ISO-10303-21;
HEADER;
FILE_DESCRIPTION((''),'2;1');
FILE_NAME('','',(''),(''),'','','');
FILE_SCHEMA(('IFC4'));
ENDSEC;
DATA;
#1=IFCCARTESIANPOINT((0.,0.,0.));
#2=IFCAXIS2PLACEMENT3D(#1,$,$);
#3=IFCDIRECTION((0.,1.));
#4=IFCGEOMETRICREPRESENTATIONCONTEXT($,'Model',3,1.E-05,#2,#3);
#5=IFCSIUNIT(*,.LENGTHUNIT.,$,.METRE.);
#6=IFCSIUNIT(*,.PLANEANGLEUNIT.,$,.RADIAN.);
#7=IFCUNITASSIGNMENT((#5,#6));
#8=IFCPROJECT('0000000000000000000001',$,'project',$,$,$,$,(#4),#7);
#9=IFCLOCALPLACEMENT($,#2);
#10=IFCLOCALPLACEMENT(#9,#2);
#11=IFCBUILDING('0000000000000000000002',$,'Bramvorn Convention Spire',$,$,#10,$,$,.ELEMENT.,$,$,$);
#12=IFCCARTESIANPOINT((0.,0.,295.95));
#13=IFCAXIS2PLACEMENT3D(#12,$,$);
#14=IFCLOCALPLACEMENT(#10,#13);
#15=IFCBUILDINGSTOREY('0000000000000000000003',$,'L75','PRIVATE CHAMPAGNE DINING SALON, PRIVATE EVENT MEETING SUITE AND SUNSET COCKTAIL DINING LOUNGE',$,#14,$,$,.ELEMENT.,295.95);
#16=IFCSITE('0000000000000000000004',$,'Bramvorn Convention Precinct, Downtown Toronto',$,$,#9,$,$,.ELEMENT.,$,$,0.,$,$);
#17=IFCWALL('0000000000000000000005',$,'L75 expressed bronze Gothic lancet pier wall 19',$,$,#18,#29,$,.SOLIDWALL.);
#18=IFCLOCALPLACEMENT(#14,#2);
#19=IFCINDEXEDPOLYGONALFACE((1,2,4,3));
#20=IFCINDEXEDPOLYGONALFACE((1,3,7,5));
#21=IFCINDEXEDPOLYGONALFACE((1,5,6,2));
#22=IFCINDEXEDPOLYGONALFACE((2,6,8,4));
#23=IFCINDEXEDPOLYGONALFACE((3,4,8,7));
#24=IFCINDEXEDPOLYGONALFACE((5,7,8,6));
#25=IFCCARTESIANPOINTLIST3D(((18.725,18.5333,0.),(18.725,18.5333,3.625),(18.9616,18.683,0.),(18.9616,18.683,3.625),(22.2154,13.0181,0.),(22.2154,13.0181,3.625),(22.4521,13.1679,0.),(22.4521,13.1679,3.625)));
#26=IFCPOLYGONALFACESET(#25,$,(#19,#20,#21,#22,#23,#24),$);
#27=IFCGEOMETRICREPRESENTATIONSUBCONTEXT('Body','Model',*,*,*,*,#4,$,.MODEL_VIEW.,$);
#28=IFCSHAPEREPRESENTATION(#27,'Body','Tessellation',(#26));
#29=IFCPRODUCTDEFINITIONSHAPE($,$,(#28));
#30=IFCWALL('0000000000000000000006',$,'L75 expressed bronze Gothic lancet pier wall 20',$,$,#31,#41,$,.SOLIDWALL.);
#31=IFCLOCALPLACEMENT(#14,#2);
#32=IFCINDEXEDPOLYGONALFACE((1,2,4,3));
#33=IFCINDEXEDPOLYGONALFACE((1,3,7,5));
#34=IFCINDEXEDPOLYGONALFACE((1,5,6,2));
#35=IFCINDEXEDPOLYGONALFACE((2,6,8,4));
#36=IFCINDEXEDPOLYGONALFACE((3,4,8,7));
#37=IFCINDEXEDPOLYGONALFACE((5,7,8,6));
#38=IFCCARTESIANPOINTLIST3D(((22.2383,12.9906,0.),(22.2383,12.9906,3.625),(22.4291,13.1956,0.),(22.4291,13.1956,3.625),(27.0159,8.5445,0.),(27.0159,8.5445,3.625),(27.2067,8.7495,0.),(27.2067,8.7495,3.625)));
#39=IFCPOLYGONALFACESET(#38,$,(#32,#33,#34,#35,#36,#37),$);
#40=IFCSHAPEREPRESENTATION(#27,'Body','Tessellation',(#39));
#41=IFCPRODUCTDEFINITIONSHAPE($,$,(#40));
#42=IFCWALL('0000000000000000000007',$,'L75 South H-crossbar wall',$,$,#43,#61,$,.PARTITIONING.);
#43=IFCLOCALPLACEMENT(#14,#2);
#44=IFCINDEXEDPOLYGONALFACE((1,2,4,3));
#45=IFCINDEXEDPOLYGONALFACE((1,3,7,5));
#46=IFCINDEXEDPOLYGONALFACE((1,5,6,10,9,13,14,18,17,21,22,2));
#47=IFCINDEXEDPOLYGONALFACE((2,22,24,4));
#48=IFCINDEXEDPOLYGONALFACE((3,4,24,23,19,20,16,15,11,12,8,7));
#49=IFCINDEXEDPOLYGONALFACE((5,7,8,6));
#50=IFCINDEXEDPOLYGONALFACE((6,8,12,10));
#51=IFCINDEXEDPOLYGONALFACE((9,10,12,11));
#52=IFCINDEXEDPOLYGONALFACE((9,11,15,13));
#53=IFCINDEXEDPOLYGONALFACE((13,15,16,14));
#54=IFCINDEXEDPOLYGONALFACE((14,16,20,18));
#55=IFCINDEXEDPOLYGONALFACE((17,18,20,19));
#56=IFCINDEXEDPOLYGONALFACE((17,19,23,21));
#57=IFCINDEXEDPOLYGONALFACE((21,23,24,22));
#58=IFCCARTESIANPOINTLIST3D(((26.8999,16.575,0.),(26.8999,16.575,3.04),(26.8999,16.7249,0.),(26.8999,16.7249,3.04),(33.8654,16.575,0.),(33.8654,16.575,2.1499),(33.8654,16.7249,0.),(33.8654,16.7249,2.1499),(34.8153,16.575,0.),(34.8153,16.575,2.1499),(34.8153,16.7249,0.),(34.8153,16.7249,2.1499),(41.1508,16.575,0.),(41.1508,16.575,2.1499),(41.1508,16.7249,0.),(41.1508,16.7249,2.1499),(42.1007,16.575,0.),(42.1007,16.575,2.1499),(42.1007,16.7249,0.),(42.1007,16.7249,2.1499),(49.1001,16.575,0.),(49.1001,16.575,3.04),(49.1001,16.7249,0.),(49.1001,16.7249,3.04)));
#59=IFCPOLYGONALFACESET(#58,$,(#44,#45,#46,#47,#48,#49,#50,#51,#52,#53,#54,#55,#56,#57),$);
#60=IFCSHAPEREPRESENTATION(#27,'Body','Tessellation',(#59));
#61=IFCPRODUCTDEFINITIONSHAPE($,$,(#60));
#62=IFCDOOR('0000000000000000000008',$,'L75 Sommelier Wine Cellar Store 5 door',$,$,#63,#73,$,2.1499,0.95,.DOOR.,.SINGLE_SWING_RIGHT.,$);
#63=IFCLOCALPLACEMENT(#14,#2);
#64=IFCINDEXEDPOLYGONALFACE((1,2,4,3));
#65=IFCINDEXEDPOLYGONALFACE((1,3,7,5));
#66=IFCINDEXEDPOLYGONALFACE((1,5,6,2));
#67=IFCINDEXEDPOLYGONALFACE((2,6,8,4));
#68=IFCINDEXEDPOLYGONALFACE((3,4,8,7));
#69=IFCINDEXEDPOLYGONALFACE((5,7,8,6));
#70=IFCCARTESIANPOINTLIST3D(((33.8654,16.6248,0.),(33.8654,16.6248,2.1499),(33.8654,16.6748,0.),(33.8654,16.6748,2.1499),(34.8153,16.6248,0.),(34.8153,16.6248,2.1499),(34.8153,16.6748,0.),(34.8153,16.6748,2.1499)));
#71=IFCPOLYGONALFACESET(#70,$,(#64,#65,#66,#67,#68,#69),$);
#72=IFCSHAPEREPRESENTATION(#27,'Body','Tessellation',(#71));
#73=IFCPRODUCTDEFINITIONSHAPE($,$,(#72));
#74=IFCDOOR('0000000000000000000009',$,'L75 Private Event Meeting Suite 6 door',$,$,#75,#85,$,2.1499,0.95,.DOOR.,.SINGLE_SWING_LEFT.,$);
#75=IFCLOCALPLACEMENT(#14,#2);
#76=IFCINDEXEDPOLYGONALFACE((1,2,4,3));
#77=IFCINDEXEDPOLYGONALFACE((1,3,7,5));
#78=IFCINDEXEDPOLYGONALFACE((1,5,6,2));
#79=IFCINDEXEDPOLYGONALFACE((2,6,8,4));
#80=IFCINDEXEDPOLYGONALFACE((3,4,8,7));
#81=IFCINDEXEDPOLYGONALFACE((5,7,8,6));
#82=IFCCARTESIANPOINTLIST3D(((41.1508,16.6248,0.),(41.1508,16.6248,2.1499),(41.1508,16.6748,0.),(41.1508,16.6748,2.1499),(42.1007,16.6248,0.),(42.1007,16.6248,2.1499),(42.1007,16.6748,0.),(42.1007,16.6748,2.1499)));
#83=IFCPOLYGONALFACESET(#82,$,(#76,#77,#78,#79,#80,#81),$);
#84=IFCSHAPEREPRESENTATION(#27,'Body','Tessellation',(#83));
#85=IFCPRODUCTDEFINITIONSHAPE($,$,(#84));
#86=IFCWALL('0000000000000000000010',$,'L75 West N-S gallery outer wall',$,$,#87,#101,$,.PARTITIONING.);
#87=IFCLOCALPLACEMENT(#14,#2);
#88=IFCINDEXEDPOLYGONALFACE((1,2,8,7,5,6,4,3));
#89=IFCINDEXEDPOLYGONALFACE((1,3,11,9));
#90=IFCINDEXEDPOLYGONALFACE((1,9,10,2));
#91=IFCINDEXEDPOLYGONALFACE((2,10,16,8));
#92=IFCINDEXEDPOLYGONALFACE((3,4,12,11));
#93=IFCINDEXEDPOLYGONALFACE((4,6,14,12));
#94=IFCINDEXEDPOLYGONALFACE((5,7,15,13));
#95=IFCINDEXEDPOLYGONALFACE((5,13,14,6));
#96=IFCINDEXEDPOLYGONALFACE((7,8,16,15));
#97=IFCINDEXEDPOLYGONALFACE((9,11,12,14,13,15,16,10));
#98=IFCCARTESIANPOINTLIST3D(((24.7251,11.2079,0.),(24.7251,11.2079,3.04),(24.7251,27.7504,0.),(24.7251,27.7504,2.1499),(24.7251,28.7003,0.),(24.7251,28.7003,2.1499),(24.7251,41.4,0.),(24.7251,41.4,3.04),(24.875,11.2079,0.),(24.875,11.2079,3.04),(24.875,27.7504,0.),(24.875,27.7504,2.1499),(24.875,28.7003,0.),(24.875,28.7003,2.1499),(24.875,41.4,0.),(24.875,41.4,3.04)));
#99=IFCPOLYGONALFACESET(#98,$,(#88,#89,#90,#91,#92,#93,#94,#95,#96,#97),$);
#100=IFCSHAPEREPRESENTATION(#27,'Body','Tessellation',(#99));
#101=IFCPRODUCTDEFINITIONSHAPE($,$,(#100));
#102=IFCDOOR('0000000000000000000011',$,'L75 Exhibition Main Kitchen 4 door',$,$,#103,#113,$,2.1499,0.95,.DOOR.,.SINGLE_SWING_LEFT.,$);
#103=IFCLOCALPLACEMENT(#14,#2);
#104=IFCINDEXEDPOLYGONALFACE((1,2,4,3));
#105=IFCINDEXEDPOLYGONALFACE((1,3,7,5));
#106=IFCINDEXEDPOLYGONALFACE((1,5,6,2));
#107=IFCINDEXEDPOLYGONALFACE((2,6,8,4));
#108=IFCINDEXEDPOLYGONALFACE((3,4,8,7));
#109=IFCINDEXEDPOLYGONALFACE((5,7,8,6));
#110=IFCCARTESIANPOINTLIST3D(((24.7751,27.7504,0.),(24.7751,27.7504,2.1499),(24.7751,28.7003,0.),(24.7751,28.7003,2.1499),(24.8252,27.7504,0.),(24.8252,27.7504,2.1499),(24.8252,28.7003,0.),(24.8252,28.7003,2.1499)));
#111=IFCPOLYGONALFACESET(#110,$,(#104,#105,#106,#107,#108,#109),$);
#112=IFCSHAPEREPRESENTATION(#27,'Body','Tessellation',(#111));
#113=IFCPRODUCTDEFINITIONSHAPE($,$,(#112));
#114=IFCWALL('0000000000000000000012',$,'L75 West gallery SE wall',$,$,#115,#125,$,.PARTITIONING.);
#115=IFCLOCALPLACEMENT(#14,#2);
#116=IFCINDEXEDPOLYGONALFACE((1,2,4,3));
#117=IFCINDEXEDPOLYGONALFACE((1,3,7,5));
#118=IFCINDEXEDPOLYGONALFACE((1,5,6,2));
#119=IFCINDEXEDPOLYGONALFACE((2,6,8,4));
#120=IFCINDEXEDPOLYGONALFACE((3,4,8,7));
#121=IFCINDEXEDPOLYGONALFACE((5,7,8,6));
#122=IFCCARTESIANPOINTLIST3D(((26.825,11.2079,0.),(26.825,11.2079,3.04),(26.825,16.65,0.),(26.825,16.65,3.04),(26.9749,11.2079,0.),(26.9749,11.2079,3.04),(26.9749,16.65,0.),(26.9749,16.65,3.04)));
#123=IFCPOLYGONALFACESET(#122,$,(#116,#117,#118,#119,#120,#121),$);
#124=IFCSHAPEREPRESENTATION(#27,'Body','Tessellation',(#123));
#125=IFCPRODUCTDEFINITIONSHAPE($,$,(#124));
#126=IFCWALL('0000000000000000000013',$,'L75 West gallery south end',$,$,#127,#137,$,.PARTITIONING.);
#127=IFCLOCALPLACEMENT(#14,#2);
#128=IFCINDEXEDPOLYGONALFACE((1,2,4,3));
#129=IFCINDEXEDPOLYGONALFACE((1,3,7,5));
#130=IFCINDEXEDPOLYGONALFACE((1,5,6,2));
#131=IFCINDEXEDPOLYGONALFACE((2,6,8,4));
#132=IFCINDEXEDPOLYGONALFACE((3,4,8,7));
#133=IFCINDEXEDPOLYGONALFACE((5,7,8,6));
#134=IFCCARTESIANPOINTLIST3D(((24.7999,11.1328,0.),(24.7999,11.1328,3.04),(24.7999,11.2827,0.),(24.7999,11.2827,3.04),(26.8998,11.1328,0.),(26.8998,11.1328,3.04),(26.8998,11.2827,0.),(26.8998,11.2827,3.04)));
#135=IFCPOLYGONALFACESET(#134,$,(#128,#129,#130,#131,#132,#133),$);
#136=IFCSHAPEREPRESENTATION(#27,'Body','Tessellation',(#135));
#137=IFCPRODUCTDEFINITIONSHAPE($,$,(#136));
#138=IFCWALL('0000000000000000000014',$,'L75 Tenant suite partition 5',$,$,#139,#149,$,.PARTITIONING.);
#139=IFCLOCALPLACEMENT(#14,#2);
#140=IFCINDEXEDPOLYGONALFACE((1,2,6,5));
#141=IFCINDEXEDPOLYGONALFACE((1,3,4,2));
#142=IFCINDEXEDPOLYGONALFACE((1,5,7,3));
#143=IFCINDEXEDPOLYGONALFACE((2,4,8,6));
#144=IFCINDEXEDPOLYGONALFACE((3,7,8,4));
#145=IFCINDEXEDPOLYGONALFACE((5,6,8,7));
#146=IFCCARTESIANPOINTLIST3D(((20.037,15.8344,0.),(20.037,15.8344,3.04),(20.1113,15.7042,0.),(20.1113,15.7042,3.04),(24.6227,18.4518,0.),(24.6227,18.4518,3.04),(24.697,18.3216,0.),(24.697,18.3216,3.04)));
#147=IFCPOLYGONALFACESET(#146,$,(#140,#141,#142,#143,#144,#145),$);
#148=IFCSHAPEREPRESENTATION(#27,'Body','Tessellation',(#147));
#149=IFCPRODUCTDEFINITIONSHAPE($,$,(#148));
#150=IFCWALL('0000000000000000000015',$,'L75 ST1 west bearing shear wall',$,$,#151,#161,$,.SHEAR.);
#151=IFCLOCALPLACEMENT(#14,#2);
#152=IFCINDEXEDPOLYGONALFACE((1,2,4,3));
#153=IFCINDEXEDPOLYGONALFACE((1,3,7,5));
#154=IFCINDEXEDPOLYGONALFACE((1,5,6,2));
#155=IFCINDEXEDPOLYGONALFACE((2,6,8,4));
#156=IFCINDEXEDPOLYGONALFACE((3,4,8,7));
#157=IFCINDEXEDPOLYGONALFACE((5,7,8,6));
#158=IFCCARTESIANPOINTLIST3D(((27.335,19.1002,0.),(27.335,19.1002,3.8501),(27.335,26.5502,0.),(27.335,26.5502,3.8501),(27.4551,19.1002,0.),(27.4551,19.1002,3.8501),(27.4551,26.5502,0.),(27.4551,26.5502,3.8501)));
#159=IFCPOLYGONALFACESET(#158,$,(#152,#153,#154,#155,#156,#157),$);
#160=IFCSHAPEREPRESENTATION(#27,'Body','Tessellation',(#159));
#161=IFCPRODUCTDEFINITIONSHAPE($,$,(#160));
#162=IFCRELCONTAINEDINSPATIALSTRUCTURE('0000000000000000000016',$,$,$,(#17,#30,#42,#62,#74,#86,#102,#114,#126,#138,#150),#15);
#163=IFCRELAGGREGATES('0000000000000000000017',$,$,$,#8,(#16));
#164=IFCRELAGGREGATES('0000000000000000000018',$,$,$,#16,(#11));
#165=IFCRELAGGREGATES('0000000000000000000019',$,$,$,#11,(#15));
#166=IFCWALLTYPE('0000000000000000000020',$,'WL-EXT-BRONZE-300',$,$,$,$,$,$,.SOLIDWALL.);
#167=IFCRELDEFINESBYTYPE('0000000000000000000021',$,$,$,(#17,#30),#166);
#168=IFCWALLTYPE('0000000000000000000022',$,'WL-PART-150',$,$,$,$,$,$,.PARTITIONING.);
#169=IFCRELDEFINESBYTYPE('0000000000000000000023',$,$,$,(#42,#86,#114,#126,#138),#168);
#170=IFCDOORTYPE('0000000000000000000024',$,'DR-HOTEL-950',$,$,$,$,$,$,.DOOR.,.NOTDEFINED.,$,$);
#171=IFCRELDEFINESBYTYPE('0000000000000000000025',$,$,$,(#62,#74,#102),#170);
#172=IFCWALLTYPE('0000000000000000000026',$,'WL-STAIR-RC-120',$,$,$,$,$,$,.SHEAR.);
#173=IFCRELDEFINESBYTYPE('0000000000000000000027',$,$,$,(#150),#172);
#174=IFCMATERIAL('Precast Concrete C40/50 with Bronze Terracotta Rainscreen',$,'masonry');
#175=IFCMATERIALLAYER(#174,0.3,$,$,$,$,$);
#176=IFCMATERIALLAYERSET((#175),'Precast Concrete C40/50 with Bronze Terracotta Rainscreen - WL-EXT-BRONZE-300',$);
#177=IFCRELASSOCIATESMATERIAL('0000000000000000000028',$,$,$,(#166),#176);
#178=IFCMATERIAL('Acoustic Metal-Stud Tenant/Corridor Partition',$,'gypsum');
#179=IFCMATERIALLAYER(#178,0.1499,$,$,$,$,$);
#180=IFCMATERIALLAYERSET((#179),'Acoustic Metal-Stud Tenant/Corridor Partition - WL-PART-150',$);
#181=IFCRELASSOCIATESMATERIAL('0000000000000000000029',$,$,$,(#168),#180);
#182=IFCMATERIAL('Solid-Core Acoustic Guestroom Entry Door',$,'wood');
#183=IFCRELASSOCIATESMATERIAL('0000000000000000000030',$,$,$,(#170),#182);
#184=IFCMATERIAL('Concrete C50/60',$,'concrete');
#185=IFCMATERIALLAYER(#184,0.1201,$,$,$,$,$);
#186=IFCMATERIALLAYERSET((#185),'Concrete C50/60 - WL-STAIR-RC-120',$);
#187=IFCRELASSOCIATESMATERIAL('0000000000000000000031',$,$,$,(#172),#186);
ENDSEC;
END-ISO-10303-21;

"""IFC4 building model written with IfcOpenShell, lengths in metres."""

from ifc_helpers import new_model, si_unit, direction, frame, frame_2d, origin, place, context, subcontext, project, spatial, rectangle, extrude, material, layer, layer_set, type_object, element, fill, save


model = new_model("IFC4")

# Units and contexts
model_context = context("Model", 3, precision=1e-05, world=origin(), true_north=direction((0.0, 1.0)))
body_context = subcontext(model_context, "Body", "Model", "MODEL_VIEW")
ifc_project = project(units=[si_unit("LENGTHUNIT", "METRE"), si_unit("PLANEANGLEUNIT", "RADIAN")], contexts=[model_context])

# Site, building, storey
site_placement = place(None, origin())
site = spatial("IfcSite", under=ifc_project, at=site_placement, Name="Bramvorn Convention Precinct, Downtown Toronto", CompositionType="ELEMENT", RefElevation=0.0)
building_placement = place(site_placement, origin())
building = spatial("IfcBuilding", under=site, at=building_placement, Name="Bramvorn Convention Spire", CompositionType="ELEMENT")
storey_placement = place(building_placement, frame((0.0, 0.0, 295.95)))
storey = spatial("IfcBuildingStorey", under=building, at=storey_placement, Name="L75", Description="PRIVATE CHAMPAGNE DINING SALON, PRIVATE EVENT MEETING SUITE AND SUNSET COCKTAIL DINING LOUNGE", CompositionType="ELEMENT", Elevation=295.95)

# Shared definitions
ifc_material_1 = material(Name="Concrete C50/60", Category="concrete")

# Walls
ifc_material_2 = material(Name="Precast Concrete C40/50 with Bronze Terracotta Rainscreen", Category="masonry")
ifc_layer_1 = layer(ifc_material_2, 0.3)
ifc_layer_set_1 = layer_set([ifc_layer_1], Name="Precast Concrete C40/50 with Bronze Terracotta Rainscreen - WL-EXT-BRONZE-300")
wall_type_1 = type_object("IfcWallType", Name="WL-EXT-BRONZE-300", PredefinedType="SOLIDWALL", material=ifc_layer_set_1)
wall_1_placement = place(storey_placement, frame((22.3337, 13.093, 0.0), z_axis=(0.0, 0.0, 1.0), x_axis=(-0.534785, 0.844988, 0.0)))
element("IfcWall", 1, at=wall_1_placement, inside=storey, type_object=wall_type_1, Name="L75 expressed bronze Gothic lancet pier wall 19", PredefinedType="SOLIDWALL", context=body_context, shape_type="SweptSolid", body=[
    extrude(rectangle(XDim=6.5269, YDim=0.28, at=frame_2d((3.2634, 0.0))), origin(), (0.0, 0.0, 1.0), 3.625),
])
wall_2_placement = place(storey_placement, frame((27.1113, 8.647, 0.0), z_axis=(0.0, 0.0, 1.0), x_axis=(-0.732051, 0.68125, 0.0)))
element("IfcWall", 2, at=wall_2_placement, inside=storey, type_object=wall_type_1, Name="L75 expressed bronze Gothic lancet pier wall 20", PredefinedType="SOLIDWALL", context=body_context, shape_type="SweptSolid", body=[
    extrude(rectangle(XDim=6.5264, YDim=0.28, at=frame_2d((3.2632, 0.0))), origin(), (0.0, 0.0, 1.0), 3.625),
])

# Wall, openings, doors
ifc_material_3 = material(Name="Acoustic Metal-Stud Tenant/Corridor Partition", Category="gypsum")
ifc_layer_2 = layer(ifc_material_3, 0.1499)
ifc_layer_set_2 = layer_set([ifc_layer_2], Name="Acoustic Metal-Stud Tenant/Corridor Partition - WL-PART-150")
wall_type_2 = type_object("IfcWallType", Name="WL-PART-150", PredefinedType="PARTITIONING", material=ifc_layer_set_2)
wall_3_placement = place(storey_placement, frame((26.8999, 16.6499, 0.0), z_axis=(0.0, 0.0, 1.0), x_axis=(1.0, 0.0, 0.0)))
wall_3 = element("IfcWall", 3, at=wall_3_placement, inside=storey, type_object=wall_type_2, Name="L75 South H-crossbar wall", PredefinedType="PARTITIONING", context=body_context, shape_type="SweptSolid", body=[
    extrude(rectangle(XDim=22.2002, YDim=0.1499, at=frame_2d((11.1001, 0.0))), origin(), (0.0, 0.0, 1.0), 3.04),
])
opening_1_placement = place(wall_3_placement, frame((6.9653, 0.0, 0.0)))
opening_1 = element("IfcOpeningElement", 4, at=opening_1_placement, cuts=wall_3, PredefinedType="OPENING", context=body_context, shape_type="SweptSolid", body=[
    extrude(rectangle(XDim=0.95, YDim=2.1499, at=frame_2d((0.4751, 1.075))), frame((0.0, 0.085, 0.0), z_axis=(0.0, -1.0, 0.0), x_axis=(1.0, 0.0, 0.0)), (0.0, 0.0, 1.0), 0.1699),
])
opening_2_placement = place(wall_3_placement, frame((14.2507, 0.0, 0.0)))
opening_2 = element("IfcOpeningElement", 5, at=opening_2_placement, cuts=wall_3, PredefinedType="OPENING", context=body_context, shape_type="SweptSolid", body=[
    extrude(rectangle(XDim=0.95, YDim=2.1499, at=frame_2d((0.4751, 1.075))), frame((0.0, 0.085, 0.0), z_axis=(0.0, -1.0, 0.0), x_axis=(1.0, 0.0, 0.0)), (0.0, 0.0, 1.0), 0.1699),
])
ifc_material_4 = material(Name="Solid-Core Acoustic Guestroom Entry Door", Category="wood")
door_type_1 = type_object("IfcDoorType", Name="DR-HOTEL-950", OperationType="NOTDEFINED", PredefinedType="DOOR", material=ifc_material_4)
door_1_placement = place(opening_1_placement, origin())
door_1 = element("IfcDoor", 6, at=door_1_placement, inside=storey, type_object=door_type_1, Name="L75 Sommelier Wine Cellar Store 5 door", OperationType="SINGLE_SWING_RIGHT", OverallHeight=2.1499, OverallWidth=0.95, PredefinedType="DOOR", context=body_context, shape_type="SweptSolid", body=[
    extrude(rectangle(XDim=0.95, YDim=2.1499, at=frame_2d((0.4751, 1.075))), frame((0.0, 0.0249, 0.0), z_axis=(0.0, -1.0, 0.0), x_axis=(1.0, 0.0, 0.0)), (0.0, 0.0, 1.0), 0.05),
])
fill(opening_1, door_1)
door_2_placement = place(opening_2_placement, origin())
door_2 = element("IfcDoor", 7, at=door_2_placement, inside=storey, type_object=door_type_1, Name="L75 Private Event Meeting Suite 6 door", OperationType="SINGLE_SWING_LEFT", OverallHeight=2.1499, OverallWidth=0.95, PredefinedType="DOOR", context=body_context, shape_type="SweptSolid", body=[
    extrude(rectangle(XDim=0.95, YDim=2.1499, at=frame_2d((0.4751, 1.075))), frame((0.0, 0.0249, 0.0), z_axis=(0.0, -1.0, 0.0), x_axis=(1.0, 0.0, 0.0)), (0.0, 0.0, 1.0), 0.05),
])
fill(opening_2, door_2)

# Wall, opening, door
wall_4_placement = place(storey_placement, frame((24.8, 11.2078, 0.0), z_axis=(0.0, 0.0, 1.0), x_axis=(0.0, 1.0, 0.0)))
wall_4 = element("IfcWall", 8, at=wall_4_placement, inside=storey, type_object=wall_type_2, Name="L75 West N-S gallery outer wall", PredefinedType="PARTITIONING", context=body_context, shape_type="SweptSolid", body=[
    extrude(rectangle(XDim=30.1921, YDim=0.1499, at=frame_2d((15.0962, 0.0))), origin(), (0.0, 0.0, 1.0), 3.04),
])
opening_3_placement = place(wall_4_placement, frame((16.5425, 0.0, 0.0)))
opening_3 = element("IfcOpeningElement", 9, at=opening_3_placement, cuts=wall_4, PredefinedType="OPENING", context=body_context, shape_type="SweptSolid", body=[
    extrude(rectangle(XDim=0.95, YDim=2.1499, at=frame_2d((0.4751, 1.075))), frame((0.0, 0.085, 0.0), z_axis=(0.0, -1.0, 0.0), x_axis=(1.0, 0.0, 0.0)), (0.0, 0.0, 1.0), 0.1699),
])
door_3_placement = place(opening_3_placement, origin())
door_3 = element("IfcDoor", 10, at=door_3_placement, inside=storey, type_object=door_type_1, Name="L75 Exhibition Main Kitchen 4 door", OperationType="SINGLE_SWING_LEFT", OverallHeight=2.1499, OverallWidth=0.95, PredefinedType="DOOR", context=body_context, shape_type="SweptSolid", body=[
    extrude(rectangle(XDim=0.95, YDim=2.1499, at=frame_2d((0.4751, 1.075))), frame((0.0, 0.0249, 0.0), z_axis=(0.0, -1.0, 0.0), x_axis=(1.0, 0.0, 0.0)), (0.0, 0.0, 1.0), 0.05),
])
fill(opening_3, door_3)

# Walls
wall_5_placement = place(storey_placement, frame((26.8999, 11.2078, 0.0), z_axis=(0.0, 0.0, 1.0), x_axis=(0.0, 1.0, 0.0)))
element("IfcWall", 11, at=wall_5_placement, inside=storey, type_object=wall_type_2, Name="L75 West gallery SE wall", PredefinedType="PARTITIONING", context=body_context, shape_type="SweptSolid", body=[
    extrude(rectangle(XDim=5.4421, YDim=0.1499, at=frame_2d((2.7212, 0.0))), origin(), (0.0, 0.0, 1.0), 3.04),
])
wall_6_placement = place(storey_placement, frame((24.8, 11.2078, 0.0), z_axis=(0.0, 0.0, 1.0), x_axis=(1.0, 0.0, 0.0)))
element("IfcWall", 12, at=wall_6_placement, inside=storey, type_object=wall_type_2, Name="L75 West gallery south end", PredefinedType="PARTITIONING", context=body_context, shape_type="SweptSolid", body=[
    extrude(rectangle(XDim=2.0999, YDim=0.1499, at=frame_2d((1.0498, 0.0))), origin(), (0.0, 0.0, 1.0), 3.04),
])
wall_7_placement = place(storey_placement, frame((24.6599, 18.3867, 0.0), z_axis=(0.0, 0.0, 1.0), x_axis=(-0.868485, -0.495716, 0.0)))
element("IfcWall", 13, at=wall_7_placement, inside=storey, type_object=wall_type_2, Name="L75 Tenant suite partition 5", PredefinedType="PARTITIONING", context=body_context, shape_type="SweptSolid", body=[
    extrude(rectangle(XDim=5.28, YDim=0.1499, at=frame_2d((2.6401, 0.0))), origin(), (0.0, 0.0, 1.0), 3.04),
])
ifc_layer_3 = layer(ifc_material_1, 0.1201)
ifc_layer_set_3 = layer_set([ifc_layer_3], Name="Concrete C50/60 - WL-STAIR-RC-120")
wall_type_3 = type_object("IfcWallType", Name="WL-STAIR-RC-120", PredefinedType="SHEAR", material=ifc_layer_set_3)
wall_8_placement = place(storey_placement, frame((27.395, 19.1001, 0.0), z_axis=(0.0, 0.0, 1.0), x_axis=(0.0, 1.0, 0.0)))
element("IfcWall", 14, at=wall_8_placement, inside=storey, type_object=wall_type_3, Name="L75 ST1 west bearing shear wall", PredefinedType="SHEAR", context=body_context, shape_type="SweptSolid", body=[
    extrude(rectangle(XDim=7.45, YDim=0.1201, at=frame_2d((3.7251, 0.0))), origin(), (0.0, 0.0, 1.0), 3.8501),
])

save(model, "model.ifc")
